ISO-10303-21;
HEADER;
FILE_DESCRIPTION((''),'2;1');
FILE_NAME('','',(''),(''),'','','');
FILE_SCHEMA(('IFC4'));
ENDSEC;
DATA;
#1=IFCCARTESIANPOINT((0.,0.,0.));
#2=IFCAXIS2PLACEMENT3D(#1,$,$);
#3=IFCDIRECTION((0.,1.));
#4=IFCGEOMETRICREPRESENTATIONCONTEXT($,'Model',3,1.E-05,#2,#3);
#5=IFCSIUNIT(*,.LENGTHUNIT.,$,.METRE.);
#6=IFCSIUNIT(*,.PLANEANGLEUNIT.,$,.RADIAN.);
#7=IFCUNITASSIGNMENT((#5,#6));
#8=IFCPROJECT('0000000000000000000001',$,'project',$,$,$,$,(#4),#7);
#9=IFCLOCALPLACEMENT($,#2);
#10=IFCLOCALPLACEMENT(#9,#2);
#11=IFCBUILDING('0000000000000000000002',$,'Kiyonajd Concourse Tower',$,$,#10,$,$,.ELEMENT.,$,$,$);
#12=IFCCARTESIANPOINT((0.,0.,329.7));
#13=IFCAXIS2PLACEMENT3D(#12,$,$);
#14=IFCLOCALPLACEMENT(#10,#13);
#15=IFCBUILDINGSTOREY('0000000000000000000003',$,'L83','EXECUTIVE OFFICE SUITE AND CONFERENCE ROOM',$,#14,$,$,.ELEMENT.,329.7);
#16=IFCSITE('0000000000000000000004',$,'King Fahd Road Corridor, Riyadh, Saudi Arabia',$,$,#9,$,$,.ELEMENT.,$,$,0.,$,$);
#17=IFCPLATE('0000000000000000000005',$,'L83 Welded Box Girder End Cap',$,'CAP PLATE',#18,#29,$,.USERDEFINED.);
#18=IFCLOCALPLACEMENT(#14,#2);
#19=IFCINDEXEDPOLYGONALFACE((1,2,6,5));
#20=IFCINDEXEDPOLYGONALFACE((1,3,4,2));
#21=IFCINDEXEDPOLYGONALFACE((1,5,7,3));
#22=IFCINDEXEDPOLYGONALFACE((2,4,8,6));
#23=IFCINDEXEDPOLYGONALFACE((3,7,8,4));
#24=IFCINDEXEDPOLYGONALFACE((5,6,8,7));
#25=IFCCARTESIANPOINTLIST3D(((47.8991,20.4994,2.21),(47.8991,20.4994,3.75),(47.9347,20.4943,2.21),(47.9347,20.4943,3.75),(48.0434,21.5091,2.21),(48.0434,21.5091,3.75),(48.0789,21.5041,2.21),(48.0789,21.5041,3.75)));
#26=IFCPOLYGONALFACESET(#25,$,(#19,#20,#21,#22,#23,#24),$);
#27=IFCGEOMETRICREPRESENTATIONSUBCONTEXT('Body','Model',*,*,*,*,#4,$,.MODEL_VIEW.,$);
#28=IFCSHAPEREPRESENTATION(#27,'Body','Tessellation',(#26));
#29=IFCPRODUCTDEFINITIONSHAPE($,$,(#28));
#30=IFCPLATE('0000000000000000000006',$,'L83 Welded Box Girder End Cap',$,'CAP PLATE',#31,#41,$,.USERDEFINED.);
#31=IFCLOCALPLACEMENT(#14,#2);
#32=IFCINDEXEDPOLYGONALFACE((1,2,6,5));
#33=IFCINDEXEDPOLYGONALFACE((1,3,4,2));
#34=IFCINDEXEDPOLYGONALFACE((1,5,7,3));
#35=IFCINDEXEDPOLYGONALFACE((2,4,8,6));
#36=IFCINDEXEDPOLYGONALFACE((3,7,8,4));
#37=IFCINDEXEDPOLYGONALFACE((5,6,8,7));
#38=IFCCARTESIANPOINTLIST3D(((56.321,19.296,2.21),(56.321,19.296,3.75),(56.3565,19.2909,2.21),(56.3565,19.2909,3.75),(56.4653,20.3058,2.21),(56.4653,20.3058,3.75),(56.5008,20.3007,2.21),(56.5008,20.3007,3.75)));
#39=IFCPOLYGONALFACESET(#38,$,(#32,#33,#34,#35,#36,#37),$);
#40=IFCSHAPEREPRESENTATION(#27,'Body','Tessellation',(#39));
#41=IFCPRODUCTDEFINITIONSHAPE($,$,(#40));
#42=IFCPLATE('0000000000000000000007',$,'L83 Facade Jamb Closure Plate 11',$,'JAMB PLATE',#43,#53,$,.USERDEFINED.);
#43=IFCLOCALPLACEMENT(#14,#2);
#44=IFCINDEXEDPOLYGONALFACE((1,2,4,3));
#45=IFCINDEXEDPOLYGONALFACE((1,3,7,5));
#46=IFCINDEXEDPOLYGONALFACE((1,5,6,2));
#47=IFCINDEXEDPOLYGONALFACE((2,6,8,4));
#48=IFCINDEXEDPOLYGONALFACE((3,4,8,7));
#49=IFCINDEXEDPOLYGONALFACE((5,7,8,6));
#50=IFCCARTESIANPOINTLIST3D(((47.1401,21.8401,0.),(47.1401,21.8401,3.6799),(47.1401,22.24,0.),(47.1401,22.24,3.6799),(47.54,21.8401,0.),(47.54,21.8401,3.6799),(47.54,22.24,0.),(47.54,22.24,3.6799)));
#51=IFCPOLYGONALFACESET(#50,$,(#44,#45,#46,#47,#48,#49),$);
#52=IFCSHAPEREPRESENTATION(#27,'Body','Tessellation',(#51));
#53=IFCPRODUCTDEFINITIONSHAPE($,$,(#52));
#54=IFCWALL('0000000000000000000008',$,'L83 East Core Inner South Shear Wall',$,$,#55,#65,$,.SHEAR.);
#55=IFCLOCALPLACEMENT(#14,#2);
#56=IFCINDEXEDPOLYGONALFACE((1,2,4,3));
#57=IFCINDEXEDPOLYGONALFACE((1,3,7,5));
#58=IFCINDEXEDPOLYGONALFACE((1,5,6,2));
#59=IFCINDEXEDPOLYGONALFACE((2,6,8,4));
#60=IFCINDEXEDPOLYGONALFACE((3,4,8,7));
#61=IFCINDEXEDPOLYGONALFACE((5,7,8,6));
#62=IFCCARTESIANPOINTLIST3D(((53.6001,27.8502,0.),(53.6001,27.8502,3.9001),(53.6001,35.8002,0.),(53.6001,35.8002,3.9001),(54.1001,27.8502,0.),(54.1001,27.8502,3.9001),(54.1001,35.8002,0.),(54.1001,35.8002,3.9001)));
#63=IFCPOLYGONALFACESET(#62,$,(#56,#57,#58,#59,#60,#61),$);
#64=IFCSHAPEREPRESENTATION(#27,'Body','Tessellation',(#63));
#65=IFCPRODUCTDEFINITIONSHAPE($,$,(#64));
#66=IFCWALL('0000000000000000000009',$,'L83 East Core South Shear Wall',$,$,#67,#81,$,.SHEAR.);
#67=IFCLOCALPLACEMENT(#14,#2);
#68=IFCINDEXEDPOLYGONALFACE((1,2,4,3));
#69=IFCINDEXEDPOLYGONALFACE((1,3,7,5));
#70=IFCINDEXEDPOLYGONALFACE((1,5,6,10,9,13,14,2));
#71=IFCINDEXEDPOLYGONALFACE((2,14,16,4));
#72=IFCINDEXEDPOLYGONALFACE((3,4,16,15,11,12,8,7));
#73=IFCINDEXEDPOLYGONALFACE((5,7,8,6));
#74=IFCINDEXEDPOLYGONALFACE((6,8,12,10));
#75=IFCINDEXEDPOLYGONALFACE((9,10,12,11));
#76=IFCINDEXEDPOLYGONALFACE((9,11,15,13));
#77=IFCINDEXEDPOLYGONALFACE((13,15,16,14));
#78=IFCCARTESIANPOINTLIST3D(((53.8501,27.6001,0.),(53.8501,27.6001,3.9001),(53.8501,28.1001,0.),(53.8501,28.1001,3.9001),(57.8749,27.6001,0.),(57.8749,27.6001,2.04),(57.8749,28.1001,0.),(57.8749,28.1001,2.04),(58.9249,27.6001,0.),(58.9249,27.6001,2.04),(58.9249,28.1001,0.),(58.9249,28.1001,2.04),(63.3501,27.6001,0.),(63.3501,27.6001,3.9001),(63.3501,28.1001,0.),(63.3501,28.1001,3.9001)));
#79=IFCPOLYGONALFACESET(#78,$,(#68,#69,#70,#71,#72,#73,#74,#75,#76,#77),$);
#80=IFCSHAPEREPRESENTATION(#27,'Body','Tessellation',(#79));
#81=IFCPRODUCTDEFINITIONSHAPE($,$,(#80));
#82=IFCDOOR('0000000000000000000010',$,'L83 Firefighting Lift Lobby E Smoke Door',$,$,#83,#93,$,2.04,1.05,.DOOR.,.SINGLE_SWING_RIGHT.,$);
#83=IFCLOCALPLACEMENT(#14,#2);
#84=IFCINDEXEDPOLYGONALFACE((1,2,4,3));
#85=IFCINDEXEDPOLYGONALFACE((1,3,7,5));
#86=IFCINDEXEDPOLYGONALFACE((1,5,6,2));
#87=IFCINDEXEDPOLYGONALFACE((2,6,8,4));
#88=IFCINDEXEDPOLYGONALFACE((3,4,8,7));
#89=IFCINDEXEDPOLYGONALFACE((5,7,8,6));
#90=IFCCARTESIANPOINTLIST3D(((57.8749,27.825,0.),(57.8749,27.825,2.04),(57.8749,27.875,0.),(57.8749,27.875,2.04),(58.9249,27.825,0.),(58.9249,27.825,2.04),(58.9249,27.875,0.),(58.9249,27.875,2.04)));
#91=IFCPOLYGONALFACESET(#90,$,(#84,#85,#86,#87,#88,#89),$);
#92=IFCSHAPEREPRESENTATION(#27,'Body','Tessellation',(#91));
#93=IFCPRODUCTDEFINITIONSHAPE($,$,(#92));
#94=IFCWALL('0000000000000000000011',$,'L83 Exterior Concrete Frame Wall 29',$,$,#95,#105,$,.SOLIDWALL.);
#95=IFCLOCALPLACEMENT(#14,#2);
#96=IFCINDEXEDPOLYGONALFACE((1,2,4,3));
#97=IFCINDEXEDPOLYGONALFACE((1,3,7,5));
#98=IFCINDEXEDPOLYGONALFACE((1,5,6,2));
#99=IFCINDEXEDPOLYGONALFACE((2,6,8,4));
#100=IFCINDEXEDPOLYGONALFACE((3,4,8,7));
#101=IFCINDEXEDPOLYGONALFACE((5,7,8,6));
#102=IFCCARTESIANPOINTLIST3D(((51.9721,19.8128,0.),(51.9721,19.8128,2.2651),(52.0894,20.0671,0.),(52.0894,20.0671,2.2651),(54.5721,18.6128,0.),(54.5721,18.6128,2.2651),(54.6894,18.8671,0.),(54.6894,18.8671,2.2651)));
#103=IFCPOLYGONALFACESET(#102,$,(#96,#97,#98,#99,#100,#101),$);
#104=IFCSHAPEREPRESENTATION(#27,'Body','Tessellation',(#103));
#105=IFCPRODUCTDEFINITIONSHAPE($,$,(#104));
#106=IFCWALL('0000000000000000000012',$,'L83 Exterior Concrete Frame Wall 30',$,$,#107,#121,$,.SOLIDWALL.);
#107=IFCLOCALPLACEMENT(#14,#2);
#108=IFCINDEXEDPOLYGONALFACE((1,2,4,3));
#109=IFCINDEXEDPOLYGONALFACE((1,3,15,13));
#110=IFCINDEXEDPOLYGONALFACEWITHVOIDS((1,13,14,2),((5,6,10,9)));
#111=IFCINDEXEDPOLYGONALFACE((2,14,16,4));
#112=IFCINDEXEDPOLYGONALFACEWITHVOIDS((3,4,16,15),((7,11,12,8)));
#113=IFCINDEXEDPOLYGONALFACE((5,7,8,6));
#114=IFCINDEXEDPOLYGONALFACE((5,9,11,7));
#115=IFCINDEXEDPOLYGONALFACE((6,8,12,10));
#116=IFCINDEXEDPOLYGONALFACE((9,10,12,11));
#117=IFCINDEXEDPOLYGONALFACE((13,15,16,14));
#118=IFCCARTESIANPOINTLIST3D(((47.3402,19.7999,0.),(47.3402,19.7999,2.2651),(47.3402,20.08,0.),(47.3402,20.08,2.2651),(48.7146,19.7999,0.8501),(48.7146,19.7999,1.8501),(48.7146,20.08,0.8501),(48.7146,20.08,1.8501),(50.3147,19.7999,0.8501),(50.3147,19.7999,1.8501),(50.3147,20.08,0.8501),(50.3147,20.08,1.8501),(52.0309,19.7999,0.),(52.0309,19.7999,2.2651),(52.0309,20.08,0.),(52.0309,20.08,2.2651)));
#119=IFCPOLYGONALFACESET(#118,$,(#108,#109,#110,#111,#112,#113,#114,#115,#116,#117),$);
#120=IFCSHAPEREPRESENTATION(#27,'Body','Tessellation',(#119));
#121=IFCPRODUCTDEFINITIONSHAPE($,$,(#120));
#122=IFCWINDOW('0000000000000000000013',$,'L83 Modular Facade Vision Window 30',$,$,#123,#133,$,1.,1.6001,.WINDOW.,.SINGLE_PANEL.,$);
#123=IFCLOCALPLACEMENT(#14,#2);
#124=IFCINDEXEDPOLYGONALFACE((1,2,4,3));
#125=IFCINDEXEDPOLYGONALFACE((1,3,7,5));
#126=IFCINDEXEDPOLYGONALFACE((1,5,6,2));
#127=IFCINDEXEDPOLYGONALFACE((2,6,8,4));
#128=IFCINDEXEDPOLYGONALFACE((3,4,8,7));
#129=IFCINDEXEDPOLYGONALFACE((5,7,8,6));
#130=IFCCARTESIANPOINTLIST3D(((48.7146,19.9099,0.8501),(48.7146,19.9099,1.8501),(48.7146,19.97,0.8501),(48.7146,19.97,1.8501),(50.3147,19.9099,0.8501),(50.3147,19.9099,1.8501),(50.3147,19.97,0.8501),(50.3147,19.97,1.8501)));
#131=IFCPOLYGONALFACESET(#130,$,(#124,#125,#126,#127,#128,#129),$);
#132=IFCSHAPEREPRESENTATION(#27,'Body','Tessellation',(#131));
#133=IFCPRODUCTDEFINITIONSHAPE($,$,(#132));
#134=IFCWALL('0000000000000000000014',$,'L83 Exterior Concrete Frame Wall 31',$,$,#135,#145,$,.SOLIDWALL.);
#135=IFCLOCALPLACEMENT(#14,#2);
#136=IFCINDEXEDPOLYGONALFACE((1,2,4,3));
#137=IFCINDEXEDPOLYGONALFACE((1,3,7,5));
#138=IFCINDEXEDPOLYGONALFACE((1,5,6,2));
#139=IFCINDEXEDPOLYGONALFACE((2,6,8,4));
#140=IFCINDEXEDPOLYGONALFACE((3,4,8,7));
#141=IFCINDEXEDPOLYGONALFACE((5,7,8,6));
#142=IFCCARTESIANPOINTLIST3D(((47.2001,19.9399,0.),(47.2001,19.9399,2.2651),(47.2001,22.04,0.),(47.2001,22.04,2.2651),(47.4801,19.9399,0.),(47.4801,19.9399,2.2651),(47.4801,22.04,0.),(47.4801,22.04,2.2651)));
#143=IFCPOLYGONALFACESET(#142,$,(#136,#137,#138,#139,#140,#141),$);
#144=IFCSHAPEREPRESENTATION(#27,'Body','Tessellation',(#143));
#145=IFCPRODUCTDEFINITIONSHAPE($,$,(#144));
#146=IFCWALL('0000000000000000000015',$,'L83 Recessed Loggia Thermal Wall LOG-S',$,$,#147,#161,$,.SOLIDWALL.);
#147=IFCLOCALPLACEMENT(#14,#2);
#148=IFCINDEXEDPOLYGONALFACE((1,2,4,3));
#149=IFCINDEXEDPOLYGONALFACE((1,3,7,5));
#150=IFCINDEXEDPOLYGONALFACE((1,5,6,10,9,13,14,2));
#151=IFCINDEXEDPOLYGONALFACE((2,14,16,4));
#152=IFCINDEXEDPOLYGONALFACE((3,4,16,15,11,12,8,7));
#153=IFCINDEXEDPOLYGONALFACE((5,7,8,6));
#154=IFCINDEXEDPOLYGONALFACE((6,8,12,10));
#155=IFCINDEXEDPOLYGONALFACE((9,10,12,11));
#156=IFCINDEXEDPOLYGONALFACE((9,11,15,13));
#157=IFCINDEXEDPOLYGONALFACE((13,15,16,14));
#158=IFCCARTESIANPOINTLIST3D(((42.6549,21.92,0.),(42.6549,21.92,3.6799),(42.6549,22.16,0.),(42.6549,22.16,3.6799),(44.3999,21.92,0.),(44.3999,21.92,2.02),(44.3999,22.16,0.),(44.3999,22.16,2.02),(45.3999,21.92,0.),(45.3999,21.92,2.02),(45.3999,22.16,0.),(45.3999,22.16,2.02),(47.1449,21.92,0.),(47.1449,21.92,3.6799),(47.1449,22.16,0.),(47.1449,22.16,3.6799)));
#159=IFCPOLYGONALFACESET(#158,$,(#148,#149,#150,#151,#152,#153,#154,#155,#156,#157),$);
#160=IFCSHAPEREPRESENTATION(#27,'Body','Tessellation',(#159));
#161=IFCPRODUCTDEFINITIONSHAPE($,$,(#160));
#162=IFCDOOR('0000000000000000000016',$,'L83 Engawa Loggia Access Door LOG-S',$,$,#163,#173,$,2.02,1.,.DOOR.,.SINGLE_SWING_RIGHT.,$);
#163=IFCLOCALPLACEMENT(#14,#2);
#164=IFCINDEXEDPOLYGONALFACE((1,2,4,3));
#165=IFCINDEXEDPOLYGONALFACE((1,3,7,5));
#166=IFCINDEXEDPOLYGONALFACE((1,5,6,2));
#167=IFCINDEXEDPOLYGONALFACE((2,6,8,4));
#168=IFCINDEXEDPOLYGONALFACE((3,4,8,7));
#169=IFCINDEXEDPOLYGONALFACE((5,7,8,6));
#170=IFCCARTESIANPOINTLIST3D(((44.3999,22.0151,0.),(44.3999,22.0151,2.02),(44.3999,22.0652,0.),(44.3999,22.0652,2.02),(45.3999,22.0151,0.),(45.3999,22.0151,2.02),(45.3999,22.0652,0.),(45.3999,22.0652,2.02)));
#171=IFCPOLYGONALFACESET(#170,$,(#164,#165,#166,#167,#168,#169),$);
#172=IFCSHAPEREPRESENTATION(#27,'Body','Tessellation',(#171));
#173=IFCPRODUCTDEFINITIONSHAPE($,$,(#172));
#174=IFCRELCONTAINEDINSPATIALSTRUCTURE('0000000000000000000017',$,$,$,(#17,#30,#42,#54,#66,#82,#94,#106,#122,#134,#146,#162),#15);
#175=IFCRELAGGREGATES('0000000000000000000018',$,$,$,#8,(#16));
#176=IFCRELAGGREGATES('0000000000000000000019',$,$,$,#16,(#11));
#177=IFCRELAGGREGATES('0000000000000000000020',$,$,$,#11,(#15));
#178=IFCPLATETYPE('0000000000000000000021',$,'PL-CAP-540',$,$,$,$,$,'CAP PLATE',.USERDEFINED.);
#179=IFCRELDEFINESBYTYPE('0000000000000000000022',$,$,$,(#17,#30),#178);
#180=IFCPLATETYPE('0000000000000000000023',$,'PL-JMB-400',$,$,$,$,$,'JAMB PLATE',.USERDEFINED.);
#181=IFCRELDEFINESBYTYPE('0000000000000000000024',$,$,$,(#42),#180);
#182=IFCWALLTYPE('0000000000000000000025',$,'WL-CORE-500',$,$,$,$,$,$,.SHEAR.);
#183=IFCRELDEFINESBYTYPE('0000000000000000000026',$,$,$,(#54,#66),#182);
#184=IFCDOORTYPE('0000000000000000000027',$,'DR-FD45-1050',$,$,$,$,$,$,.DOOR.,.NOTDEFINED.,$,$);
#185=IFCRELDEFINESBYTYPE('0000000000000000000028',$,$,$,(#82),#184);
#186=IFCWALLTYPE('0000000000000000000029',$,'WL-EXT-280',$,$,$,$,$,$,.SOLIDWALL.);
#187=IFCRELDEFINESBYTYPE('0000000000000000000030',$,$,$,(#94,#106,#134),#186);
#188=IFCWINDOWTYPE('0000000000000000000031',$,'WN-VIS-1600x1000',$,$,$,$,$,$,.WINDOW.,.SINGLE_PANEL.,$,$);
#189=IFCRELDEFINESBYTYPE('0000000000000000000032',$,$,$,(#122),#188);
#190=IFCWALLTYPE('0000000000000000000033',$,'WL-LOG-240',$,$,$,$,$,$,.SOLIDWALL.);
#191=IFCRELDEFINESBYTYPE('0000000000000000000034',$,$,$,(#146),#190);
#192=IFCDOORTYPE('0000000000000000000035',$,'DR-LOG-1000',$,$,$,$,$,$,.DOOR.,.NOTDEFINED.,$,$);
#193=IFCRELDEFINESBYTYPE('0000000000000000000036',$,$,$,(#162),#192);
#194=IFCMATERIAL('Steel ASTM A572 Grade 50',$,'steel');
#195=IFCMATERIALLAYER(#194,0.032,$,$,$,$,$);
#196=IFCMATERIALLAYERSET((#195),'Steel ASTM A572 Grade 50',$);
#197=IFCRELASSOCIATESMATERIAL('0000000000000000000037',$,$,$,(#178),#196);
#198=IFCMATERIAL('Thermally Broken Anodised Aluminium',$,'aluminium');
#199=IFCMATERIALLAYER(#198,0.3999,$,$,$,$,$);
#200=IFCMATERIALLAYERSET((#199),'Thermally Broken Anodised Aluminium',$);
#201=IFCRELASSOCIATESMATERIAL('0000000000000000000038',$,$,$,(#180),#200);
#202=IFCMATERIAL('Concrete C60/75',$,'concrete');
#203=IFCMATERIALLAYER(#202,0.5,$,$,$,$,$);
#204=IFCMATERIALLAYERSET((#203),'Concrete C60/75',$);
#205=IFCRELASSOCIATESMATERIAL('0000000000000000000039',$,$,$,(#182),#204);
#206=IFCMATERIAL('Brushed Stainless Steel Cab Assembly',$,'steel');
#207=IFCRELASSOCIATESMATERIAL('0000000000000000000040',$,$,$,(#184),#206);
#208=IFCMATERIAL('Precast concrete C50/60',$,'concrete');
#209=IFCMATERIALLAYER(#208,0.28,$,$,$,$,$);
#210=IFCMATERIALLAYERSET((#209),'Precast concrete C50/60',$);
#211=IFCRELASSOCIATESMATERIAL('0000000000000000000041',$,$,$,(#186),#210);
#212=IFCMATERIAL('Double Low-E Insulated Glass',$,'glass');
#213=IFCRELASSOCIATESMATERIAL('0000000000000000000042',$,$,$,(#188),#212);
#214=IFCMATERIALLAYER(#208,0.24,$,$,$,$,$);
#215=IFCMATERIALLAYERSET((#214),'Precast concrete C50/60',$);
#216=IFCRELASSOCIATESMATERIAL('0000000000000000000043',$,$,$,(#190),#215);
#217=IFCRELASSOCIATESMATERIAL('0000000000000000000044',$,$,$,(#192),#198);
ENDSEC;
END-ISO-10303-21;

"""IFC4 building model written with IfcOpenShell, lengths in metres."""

from ifc_helpers import new_model, si_unit, direction, frame, frame_2d, origin, origin_2d, place, context, subcontext, project, spatial, rectangle, extrude, material, layer, layer_set, type_object, element, fill, save


model = new_model("IFC4")

# Units and contexts
model_context = context("Model", 3, precision=1e-05, world=origin(), true_north=direction((0.0, 1.0)))
body_context = subcontext(model_context, "Body", "Model", "MODEL_VIEW")
ifc_project = project(units=[si_unit("LENGTHUNIT", "METRE"), si_unit("PLANEANGLEUNIT", "RADIAN")], contexts=[model_context])

# Site, building, storey
site_placement = place(None, origin())
site = spatial("IfcSite", under=ifc_project, at=site_placement, Name="King Fahd Road Corridor, Riyadh, Saudi Arabia", CompositionType="ELEMENT", RefElevation=0.0)
building_placement = place(site_placement, origin())
building = spatial("IfcBuilding", under=site, at=building_placement, Name="Kiyonajd Concourse Tower", CompositionType="ELEMENT")
storey_placement = place(building_placement, frame((0.0, 0.0, 329.7)))
storey = spatial("IfcBuildingStorey", under=building, at=storey_placement, Name="L83", Description="EXECUTIVE OFFICE SUITE AND CONFERENCE ROOM", CompositionType="ELEMENT", Elevation=329.7)

# Shared definitions
ifc_material_1 = material(Name="Concrete C60/75", Category="concrete")

# Shared definitions
ifc_material_2 = material(Name="Steel ASTM A572 Grade 50", Category="steel")

# Plates
ifc_layer_1 = layer(ifc_material_2, 0.032)
ifc_layer_set_1 = layer_set([ifc_layer_1], Name="Steel ASTM A572 Grade 50")
plate_type_1 = type_object("IfcPlateType", Name="PL-CAP-540", ElementType="CAP PLATE", PredefinedType="USERDEFINED", material=ifc_layer_set_1)
for number, where, z_axis, x_axis, name in (
    (1, (47.989, 21.0017, 2.21), (0.0, 0.0, 1.0), (-0.98995, 0.14142, 0.0), "L83 Welded Box Girder End Cap"),
    (2, (56.4109, 19.7983, 2.21), (0.0, 0.0, 1.0), (0.98995, -0.14142, 0.0), "L83 Welded Box Girder End Cap"),
):
    element("IfcPlate", number, at=place(storey_placement, frame(where, z_axis=z_axis, x_axis=x_axis)), inside=storey, type_object=plate_type_1, Name=name, ObjectType="CAP PLATE", PredefinedType="USERDEFINED", context=body_context, shape_type="SweptSolid", body=[
        extrude(rectangle(XDim=0.0359, YDim=1.02, at=origin_2d()), origin(), (0.0, 0.0, 1.0), 1.54),
    ])
ifc_material_3 = material(Name="Thermally Broken Anodised Aluminium", Category="aluminium")
ifc_layer_2 = layer(ifc_material_3, 0.3999)
ifc_layer_set_2 = layer_set([ifc_layer_2], Name="Thermally Broken Anodised Aluminium")
plate_type_2 = type_object("IfcPlateType", Name="PL-JMB-400", ElementType="JAMB PLATE", PredefinedType="USERDEFINED", material=ifc_layer_set_2)
plate_placement = place(storey_placement, frame((47.3401, 22.04, 0.0), z_axis=(0.0, 0.0, 1.0), x_axis=(1.0, 0.0, 0.0)))
element("IfcPlate", 3, at=plate_placement, inside=storey, type_object=plate_type_2, Name="L83 Facade Jamb Closure Plate 11", ObjectType="JAMB PLATE", PredefinedType="USERDEFINED", context=body_context, shape_type="SweptSolid", body=[
    extrude(rectangle(XDim=0.3999, YDim=0.3999, at=origin_2d()), origin(), (0.0, 0.0, 1.0), 3.6799),
])

# Wall
ifc_layer_3 = layer(ifc_material_1, 0.5)
ifc_layer_set_3 = layer_set([ifc_layer_3], Name="Concrete C60/75")
wall_type_1 = type_object("IfcWallType", Name="WL-CORE-500", PredefinedType="SHEAR", material=ifc_layer_set_3)
wall_1_placement = place(storey_placement, frame((53.8501, 27.8501, 0.0), z_axis=(0.0, 0.0, 1.0), x_axis=(0.0, 1.0, 0.0)))
element("IfcWall", 4, at=wall_1_placement, inside=storey, type_object=wall_type_1, Name="L83 East Core Inner South Shear Wall", PredefinedType="SHEAR", context=body_context, shape_type="SweptSolid", body=[
    extrude(rectangle(XDim=7.95, YDim=0.5, at=frame_2d((3.9751, 0.0))), origin(), (0.0, 0.0, 1.0), 3.9001),
])

# Wall, opening, door
wall_2_placement = place(storey_placement, frame((53.8501, 27.8501, 0.0), z_axis=(0.0, 0.0, 1.0), x_axis=(1.0, 0.0, 0.0)))
wall_2 = element("IfcWall", 5, at=wall_2_placement, inside=storey, type_object=wall_type_1, Name="L83 East Core South Shear Wall", PredefinedType="SHEAR", context=body_context, shape_type="SweptSolid", body=[
    extrude(rectangle(XDim=9.5, YDim=0.5, at=frame_2d((4.75, 0.0))), origin(), (0.0, 0.0, 1.0), 3.9001),
])
opening_1_placement = place(wall_2_placement, frame((4.0249, 0.0, 0.0)))
opening_1 = element("IfcOpeningElement", 6, at=opening_1_placement, cuts=wall_2, PredefinedType="OPENING", context=body_context, shape_type="SweptSolid", body=[
    extrude(rectangle(XDim=1.05, YDim=2.04, at=frame_2d((0.5249, 1.02))), frame((0.0, 0.26, 0.0), z_axis=(0.0, -1.0, 0.0), x_axis=(1.0, 0.0, 0.0)), (0.0, 0.0, 1.0), 0.52),
])
ifc_material_4 = material(Name="Brushed Stainless Steel Cab Assembly", Category="steel")
door_type_1 = type_object("IfcDoorType", Name="DR-FD45-1050", OperationType="NOTDEFINED", PredefinedType="DOOR", material=ifc_material_4)
door_1_placement = place(opening_1_placement, origin())
door_1 = element("IfcDoor", 7, at=door_1_placement, inside=storey, type_object=door_type_1, Name="L83 Firefighting Lift Lobby E Smoke Door", OperationType="SINGLE_SWING_RIGHT", OverallHeight=2.04, OverallWidth=1.05, PredefinedType="DOOR", context=body_context, shape_type="SweptSolid", body=[
    extrude(rectangle(XDim=1.05, YDim=2.04, at=frame_2d((0.5249, 1.02))), frame((0.0, 0.0249, 0.0), z_axis=(0.0, -1.0, 0.0), x_axis=(1.0, 0.0, 0.0)), (0.0, 0.0, 1.0), 0.05),
])
fill(opening_1, door_1)

# Wall
ifc_material_5 = material(Name="Precast concrete C50/60", Category="concrete")
ifc_layer_4 = layer(ifc_material_5, 0.28)
ifc_layer_set_4 = layer_set([ifc_layer_4], Name="Precast concrete C50/60")
wall_type_2 = type_object("IfcWallType", Name="WL-EXT-280", PredefinedType="SOLIDWALL", material=ifc_layer_set_4)
wall_3_placement = place(storey_placement, frame((54.6306, 18.74, 0.0), z_axis=(0.0, 0.0, 1.0), x_axis=(-0.907957, 0.419064, 0.0)))
element("IfcWall", 8, at=wall_3_placement, inside=storey, type_object=wall_type_2, Name="L83 Exterior Concrete Frame Wall 29", PredefinedType="SOLIDWALL", context=body_context, shape_type="SweptSolid", body=[
    extrude(rectangle(XDim=2.8635, YDim=0.28, at=frame_2d((1.4316, 0.0))), origin(), (0.0, 0.0, 1.0), 2.2651),
])

# Wall, opening, window
wall_4_placement = place(storey_placement, frame((52.0308, 19.9399, 0.0), z_axis=(0.0, 0.0, 1.0), x_axis=(-1.0, 0.0, 0.0)))
wall_4 = element("IfcWall", 9, at=wall_4_placement, inside=storey, type_object=wall_type_2, Name="L83 Exterior Concrete Frame Wall 30", PredefinedType="SOLIDWALL", context=body_context, shape_type="SweptSolid", body=[
    extrude(rectangle(XDim=4.6907, YDim=0.28, at=frame_2d((2.3452, 0.0))), origin(), (0.0, 0.0, 1.0), 2.2651),
])
opening_2_placement = place(wall_4_placement, frame((1.7161, 0.0, 0.8501)))
opening_2 = element("IfcOpeningElement", 10, at=opening_2_placement, cuts=wall_4, PredefinedType="OPENING", context=body_context, shape_type="SweptSolid", body=[
    extrude(rectangle(XDim=1.6001, YDim=1.0, at=frame_2d((0.8, 0.5))), frame((0.0, 0.1499, 0.0), z_axis=(0.0, -1.0, 0.0), x_axis=(1.0, 0.0, 0.0)), (0.0, 0.0, 1.0), 0.3),
])
ifc_material_6 = material(Name="Double Low-E Insulated Glass", Category="glass")
window_type = type_object("IfcWindowType", Name="WN-VIS-1600x1000", PartitioningType="SINGLE_PANEL", PredefinedType="WINDOW", material=ifc_material_6)
window_placement = place(opening_2_placement, origin())
window = element("IfcWindow", 11, at=window_placement, inside=storey, type_object=window_type, Name="L83 Modular Facade Vision Window 30", OverallHeight=1.0, OverallWidth=1.6001, PartitioningType="SINGLE_PANEL", PredefinedType="WINDOW", context=body_context, shape_type="SweptSolid", body=[
    extrude(rectangle(XDim=1.6001, YDim=1.0, at=frame_2d((0.8, 0.5))), frame((0.0, 0.03, 0.0), z_axis=(0.0, -1.0, 0.0), x_axis=(1.0, 0.0, 0.0)), (0.0, 0.0, 1.0), 0.0601),
])
fill(opening_2, window)

# Wall
wall_5_placement = place(storey_placement, frame((47.3401, 19.9399, 0.0), z_axis=(0.0, 0.0, 1.0), x_axis=(0.0, 1.0, 0.0)))
element("IfcWall", 12, at=wall_5_placement, inside=storey, type_object=wall_type_2, Name="L83 Exterior Concrete Frame Wall 31", PredefinedType="SOLIDWALL", context=body_context, shape_type="SweptSolid", body=[
    extrude(rectangle(XDim=2.1001, YDim=0.28, at=frame_2d((1.05, 0.0))), origin(), (0.0, 0.0, 1.0), 2.2651),
])

# Wall, opening, door
ifc_layer_5 = layer(ifc_material_5, 0.24)
ifc_layer_set_5 = layer_set([ifc_layer_5], Name="Precast concrete C50/60")
wall_type_3 = type_object("IfcWallType", Name="WL-LOG-240", PredefinedType="SOLIDWALL", material=ifc_layer_set_5)
wall_6_placement = place(storey_placement, frame((47.145, 22.04, 0.0), z_axis=(0.0, 0.0, 1.0), x_axis=(-1.0, 0.0, 0.0)))
wall_6 = element("IfcWall", 13, at=wall_6_placement, inside=storey, type_object=wall_type_3, Name="L83 Recessed Loggia Thermal Wall LOG-S", PredefinedType="SOLIDWALL", context=body_context, shape_type="SweptSolid", body=[
    extrude(rectangle(XDim=4.49, YDim=0.24, at=frame_2d((2.2451, 0.0))), origin(), (0.0, 0.0, 1.0), 3.6799),
])
opening_3_placement = place(wall_6_placement, frame((1.7451, 0.0, 0.0)))
opening_3 = element("IfcOpeningElement", 14, at=opening_3_placement, cuts=wall_6, PredefinedType="OPENING", context=body_context, shape_type="SweptSolid", body=[
    extrude(rectangle(XDim=1.0, YDim=2.02, at=frame_2d((0.5, 1.01))), frame((0.0, 0.1299, 0.0), z_axis=(0.0, -1.0, 0.0), x_axis=(1.0, 0.0, 0.0)), (0.0, 0.0, 1.0), 0.26),
])
door_type_2 = type_object("IfcDoorType", Name="DR-LOG-1000", OperationType="NOTDEFINED", PredefinedType="DOOR", material=ifc_material_3)
door_2_placement = place(opening_3_placement, origin())
door_2 = element("IfcDoor", 15, at=door_2_placement, inside=storey, type_object=door_type_2, Name="L83 Engawa Loggia Access Door LOG-S", OperationType="SINGLE_SWING_RIGHT", OverallHeight=2.02, OverallWidth=1.0, PredefinedType="DOOR", context=body_context, shape_type="SweptSolid", body=[
    extrude(rectangle(XDim=1.0, YDim=2.02, at=frame_2d((0.5, 1.01))), frame((0.0, 0.0249, 0.0), z_axis=(0.0, -1.0, 0.0), x_axis=(1.0, 0.0, 0.0)), (0.0, 0.0, 1.0), 0.05),
])
fill(opening_3, door_2)

save(model, "model.ifc")
